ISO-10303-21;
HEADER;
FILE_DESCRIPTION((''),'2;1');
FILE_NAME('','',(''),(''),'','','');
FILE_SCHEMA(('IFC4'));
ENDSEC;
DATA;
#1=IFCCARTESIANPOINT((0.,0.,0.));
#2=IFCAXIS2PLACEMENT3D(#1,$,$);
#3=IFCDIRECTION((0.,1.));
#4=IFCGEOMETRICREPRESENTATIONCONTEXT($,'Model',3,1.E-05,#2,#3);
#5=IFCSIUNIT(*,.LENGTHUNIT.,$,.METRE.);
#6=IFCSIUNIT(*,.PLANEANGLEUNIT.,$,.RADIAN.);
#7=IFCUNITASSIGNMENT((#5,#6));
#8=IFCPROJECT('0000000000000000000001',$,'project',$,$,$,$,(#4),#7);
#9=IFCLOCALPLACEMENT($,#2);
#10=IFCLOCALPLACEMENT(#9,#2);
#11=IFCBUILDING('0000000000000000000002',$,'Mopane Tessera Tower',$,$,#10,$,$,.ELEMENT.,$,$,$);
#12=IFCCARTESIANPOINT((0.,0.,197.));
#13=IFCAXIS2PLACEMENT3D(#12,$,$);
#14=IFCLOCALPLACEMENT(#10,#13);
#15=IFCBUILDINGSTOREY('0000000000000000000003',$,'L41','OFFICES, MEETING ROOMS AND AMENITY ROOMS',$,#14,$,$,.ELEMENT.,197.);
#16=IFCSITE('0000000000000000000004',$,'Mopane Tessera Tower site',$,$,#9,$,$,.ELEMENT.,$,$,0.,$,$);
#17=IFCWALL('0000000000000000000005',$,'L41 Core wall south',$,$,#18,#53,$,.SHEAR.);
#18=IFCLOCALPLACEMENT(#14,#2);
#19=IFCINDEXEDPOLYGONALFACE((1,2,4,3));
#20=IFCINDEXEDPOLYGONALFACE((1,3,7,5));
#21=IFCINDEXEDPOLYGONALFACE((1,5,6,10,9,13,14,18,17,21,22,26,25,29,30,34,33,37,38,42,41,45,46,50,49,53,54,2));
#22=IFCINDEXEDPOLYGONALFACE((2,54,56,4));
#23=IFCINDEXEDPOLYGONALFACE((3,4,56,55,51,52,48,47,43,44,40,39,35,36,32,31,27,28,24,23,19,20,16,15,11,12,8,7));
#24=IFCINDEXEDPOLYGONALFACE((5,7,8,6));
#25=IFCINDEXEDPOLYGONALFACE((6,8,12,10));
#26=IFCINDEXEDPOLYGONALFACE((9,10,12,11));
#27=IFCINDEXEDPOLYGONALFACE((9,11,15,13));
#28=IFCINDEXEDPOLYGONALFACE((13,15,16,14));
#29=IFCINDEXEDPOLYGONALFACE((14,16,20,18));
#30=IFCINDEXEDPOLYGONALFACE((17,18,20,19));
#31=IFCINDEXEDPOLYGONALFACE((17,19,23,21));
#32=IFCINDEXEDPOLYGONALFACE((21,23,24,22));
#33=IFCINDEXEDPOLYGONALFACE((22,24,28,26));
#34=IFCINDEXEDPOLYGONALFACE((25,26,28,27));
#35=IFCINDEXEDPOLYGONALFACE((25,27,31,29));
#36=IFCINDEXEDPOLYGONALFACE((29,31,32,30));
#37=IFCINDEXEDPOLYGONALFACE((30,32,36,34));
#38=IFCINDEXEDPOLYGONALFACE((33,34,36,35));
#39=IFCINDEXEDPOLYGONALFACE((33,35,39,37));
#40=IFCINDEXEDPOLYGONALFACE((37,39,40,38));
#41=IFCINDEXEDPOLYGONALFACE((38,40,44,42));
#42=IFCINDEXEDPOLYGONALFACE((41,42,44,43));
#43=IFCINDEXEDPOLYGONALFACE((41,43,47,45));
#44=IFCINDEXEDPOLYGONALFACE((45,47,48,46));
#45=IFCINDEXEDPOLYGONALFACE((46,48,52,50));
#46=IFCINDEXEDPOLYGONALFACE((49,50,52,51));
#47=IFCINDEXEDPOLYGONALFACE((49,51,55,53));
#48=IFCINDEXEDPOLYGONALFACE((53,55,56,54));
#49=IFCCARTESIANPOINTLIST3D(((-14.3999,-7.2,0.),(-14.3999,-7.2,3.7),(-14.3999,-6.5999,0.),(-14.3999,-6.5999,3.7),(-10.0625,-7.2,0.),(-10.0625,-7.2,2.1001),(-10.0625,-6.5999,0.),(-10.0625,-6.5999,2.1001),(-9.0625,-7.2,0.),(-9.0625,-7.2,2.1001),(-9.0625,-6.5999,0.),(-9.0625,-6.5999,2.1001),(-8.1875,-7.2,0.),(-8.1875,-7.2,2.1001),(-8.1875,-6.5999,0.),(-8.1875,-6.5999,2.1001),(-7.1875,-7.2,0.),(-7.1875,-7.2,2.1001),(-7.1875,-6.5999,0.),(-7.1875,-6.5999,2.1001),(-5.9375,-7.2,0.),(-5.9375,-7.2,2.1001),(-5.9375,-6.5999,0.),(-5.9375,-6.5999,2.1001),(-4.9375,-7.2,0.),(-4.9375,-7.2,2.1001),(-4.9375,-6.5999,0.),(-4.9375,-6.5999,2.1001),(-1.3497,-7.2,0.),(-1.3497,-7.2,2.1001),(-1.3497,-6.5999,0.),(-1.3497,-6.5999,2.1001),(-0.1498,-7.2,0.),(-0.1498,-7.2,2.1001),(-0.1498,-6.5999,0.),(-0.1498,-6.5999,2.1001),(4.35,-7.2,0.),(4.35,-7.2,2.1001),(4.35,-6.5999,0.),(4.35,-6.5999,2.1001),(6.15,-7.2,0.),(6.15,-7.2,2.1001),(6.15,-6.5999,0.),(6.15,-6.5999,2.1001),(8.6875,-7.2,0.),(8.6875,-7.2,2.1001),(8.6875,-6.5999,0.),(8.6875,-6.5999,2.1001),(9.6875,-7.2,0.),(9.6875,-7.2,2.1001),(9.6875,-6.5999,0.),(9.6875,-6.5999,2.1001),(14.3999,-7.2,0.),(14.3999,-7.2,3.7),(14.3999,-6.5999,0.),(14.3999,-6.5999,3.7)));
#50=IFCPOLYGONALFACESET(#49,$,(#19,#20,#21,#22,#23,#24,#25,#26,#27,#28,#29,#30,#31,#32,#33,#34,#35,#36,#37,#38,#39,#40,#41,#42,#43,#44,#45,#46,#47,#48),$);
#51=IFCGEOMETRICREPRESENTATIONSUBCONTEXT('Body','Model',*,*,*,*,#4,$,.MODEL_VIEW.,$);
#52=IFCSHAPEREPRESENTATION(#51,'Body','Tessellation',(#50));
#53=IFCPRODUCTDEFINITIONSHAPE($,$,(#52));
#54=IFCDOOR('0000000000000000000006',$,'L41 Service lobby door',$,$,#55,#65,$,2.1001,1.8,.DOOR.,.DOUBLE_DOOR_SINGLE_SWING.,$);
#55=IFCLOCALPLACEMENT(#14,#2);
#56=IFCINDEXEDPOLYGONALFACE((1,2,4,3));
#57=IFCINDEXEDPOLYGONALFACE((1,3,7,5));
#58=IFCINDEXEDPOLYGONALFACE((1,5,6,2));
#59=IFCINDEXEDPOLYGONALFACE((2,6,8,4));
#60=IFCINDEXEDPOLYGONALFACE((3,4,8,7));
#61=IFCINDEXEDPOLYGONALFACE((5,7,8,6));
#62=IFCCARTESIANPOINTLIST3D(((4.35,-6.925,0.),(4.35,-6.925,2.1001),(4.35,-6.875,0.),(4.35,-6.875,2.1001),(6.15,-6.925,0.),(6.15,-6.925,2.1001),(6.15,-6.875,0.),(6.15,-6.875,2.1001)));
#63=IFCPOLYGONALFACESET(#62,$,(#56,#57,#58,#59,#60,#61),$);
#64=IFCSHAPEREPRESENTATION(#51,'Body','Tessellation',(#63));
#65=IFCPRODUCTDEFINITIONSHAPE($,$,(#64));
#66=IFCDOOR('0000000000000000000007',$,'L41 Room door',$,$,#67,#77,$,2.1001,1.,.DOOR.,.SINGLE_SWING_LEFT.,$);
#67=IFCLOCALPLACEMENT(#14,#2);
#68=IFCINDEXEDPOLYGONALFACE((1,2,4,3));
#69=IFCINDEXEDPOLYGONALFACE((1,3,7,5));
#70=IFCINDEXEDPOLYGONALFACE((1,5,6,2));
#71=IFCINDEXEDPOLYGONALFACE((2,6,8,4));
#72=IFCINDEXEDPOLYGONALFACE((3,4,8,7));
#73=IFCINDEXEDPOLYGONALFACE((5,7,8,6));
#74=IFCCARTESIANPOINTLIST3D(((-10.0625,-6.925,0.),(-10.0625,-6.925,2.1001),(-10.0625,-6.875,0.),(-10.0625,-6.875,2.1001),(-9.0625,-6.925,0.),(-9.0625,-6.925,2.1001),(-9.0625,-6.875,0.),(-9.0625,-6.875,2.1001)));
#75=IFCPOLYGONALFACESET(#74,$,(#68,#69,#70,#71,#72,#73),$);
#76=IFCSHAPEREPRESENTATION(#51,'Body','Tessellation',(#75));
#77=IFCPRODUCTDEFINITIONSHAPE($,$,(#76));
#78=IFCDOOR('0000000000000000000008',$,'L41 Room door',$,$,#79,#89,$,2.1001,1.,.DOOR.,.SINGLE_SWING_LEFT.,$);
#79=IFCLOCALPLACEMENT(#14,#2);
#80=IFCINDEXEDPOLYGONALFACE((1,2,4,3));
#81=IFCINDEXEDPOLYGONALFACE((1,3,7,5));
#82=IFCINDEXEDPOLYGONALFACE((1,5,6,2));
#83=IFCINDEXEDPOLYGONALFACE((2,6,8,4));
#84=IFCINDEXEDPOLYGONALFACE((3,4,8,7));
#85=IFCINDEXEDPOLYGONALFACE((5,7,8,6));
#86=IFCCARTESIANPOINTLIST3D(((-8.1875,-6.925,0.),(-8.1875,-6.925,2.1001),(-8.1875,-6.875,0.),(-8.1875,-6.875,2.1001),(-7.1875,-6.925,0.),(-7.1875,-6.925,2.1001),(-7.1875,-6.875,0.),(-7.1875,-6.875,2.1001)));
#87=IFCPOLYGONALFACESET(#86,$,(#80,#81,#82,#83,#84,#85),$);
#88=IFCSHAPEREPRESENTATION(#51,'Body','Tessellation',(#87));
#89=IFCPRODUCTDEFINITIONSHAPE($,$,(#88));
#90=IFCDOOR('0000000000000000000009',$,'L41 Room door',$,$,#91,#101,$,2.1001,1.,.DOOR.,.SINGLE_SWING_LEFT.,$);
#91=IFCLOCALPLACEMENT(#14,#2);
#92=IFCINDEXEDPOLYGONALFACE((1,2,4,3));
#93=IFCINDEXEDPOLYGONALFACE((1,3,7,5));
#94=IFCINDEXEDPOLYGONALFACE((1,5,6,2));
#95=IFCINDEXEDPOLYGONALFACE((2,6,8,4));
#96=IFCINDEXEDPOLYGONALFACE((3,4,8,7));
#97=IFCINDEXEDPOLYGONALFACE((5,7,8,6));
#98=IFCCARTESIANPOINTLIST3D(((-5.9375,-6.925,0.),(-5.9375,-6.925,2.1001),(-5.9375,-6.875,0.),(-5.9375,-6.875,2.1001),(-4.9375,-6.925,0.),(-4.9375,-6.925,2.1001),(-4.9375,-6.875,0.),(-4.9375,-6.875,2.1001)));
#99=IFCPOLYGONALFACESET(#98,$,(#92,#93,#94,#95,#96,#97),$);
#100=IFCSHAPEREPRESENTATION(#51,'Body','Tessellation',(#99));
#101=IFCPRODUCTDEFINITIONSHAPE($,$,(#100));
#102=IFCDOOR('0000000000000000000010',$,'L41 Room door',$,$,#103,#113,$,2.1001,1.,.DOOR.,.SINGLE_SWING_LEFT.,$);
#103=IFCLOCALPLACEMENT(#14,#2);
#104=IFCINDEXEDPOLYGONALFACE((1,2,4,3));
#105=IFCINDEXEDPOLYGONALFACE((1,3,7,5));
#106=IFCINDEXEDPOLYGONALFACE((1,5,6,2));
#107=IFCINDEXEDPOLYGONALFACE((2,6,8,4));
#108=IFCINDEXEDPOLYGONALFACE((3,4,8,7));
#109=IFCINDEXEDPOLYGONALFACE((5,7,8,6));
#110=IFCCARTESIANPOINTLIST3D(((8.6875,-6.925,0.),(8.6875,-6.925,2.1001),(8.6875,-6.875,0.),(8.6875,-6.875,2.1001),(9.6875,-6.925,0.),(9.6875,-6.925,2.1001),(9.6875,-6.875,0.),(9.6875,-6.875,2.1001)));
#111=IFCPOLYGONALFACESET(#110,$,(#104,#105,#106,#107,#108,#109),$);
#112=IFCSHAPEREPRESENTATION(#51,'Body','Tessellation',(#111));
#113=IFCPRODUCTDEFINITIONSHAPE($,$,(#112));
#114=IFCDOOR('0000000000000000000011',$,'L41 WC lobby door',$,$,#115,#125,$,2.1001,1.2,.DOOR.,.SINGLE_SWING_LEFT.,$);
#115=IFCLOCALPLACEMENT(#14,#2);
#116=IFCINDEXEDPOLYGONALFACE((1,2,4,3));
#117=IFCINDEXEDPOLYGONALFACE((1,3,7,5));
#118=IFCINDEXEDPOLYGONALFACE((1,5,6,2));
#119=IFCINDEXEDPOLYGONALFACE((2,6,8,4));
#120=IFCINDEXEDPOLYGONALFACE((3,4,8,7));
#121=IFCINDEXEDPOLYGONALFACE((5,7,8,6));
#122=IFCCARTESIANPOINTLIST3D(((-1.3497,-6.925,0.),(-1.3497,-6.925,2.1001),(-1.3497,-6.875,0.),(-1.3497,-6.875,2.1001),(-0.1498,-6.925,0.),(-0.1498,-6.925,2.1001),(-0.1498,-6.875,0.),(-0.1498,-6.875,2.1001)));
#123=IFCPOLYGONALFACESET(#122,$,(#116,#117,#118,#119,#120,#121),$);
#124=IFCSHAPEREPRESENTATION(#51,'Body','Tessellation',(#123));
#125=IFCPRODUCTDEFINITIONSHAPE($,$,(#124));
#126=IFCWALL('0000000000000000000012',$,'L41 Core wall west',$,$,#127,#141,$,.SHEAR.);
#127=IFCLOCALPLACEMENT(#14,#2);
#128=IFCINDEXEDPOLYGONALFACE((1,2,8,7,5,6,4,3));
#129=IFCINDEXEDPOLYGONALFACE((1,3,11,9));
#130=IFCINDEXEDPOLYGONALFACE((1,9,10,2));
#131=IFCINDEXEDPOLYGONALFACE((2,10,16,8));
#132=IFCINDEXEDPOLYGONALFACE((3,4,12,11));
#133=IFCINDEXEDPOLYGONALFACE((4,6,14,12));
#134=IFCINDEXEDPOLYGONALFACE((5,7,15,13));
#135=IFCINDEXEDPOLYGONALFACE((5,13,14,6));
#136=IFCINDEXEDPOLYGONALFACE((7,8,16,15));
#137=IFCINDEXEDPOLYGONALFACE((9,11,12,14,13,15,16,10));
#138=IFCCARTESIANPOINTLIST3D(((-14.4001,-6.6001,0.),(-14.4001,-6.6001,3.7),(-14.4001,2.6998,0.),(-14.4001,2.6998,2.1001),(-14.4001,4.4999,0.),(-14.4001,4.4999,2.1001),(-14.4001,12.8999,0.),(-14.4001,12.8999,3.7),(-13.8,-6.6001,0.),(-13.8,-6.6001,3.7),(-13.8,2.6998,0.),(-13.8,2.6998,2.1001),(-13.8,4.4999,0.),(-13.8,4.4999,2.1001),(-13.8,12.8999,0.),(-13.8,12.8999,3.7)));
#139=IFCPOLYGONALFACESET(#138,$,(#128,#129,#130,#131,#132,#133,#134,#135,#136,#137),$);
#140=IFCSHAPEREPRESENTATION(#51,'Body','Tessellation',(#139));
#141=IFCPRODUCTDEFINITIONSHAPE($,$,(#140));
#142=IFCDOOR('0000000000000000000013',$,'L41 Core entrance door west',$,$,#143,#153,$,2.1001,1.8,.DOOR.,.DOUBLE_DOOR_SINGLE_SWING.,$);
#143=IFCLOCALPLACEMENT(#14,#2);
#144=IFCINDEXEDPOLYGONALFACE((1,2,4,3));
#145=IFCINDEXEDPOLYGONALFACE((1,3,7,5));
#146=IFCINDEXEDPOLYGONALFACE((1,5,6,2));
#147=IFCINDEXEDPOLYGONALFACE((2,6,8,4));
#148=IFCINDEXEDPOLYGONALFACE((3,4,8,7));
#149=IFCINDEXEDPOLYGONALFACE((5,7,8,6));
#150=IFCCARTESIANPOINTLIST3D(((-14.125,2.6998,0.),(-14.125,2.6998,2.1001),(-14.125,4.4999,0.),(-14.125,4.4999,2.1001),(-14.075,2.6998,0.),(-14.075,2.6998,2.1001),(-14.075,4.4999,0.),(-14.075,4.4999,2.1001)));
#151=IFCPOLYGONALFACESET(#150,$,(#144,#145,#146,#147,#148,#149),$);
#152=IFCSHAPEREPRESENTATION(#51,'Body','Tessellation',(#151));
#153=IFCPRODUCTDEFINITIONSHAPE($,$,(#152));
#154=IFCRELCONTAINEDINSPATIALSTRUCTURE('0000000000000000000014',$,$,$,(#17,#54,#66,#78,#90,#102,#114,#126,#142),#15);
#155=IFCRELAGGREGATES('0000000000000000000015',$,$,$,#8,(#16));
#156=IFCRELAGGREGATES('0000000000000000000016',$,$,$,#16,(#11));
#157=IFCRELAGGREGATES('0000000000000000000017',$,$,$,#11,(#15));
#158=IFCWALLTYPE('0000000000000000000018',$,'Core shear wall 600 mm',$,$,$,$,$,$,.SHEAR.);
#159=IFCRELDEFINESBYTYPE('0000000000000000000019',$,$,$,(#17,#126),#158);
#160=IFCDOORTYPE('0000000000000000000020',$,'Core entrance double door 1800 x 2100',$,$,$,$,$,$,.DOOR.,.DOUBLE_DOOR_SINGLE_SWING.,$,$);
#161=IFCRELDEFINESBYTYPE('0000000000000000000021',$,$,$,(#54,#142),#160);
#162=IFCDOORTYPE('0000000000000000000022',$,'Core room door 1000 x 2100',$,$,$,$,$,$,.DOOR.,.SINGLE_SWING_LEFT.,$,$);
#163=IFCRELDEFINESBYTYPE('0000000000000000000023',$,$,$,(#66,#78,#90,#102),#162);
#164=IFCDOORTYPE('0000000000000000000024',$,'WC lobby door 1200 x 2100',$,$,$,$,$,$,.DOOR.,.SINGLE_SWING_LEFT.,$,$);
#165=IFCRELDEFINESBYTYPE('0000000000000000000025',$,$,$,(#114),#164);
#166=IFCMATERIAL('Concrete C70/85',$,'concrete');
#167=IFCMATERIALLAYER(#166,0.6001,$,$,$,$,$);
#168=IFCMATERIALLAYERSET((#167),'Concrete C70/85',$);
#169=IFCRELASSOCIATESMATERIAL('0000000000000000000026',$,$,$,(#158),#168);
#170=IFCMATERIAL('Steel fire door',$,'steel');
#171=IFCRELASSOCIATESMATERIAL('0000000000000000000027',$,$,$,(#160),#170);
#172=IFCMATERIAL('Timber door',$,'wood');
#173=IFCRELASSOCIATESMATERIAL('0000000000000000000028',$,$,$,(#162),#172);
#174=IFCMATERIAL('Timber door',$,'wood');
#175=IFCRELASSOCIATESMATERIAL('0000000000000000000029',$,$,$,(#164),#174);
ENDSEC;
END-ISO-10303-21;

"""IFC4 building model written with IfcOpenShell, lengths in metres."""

from ifc_helpers import new_model, si_unit, direction, frame, frame_2d, origin, place, context, subcontext, project, spatial, rectangle, extrude, material, layer, layer_set, type_object, element, fill, save


model = new_model("IFC4")

# Units and contexts
model_context = context("Model", 3, precision=1e-05, world=origin(), true_north=direction((0.0, 1.0)))
body_context = subcontext(model_context, "Body", "Model", "MODEL_VIEW")
ifc_project = project(units=[si_unit("LENGTHUNIT", "METRE"), si_unit("PLANEANGLEUNIT", "RADIAN")], contexts=[model_context])

# Site, building, storey
site_placement = place(None, origin())
site = spatial("IfcSite", under=ifc_project, at=site_placement, Name="Mopane Tessera Tower site", CompositionType="ELEMENT", RefElevation=0.0)
building_placement = place(site_placement, origin())
building = spatial("IfcBuilding", under=site, at=building_placement, Name="Mopane Tessera Tower", CompositionType="ELEMENT")
storey_placement = place(building_placement, frame((0.0, 0.0, 197.0)))
storey = spatial("IfcBuildingStorey", under=building, at=storey_placement, Name="L41", Description="OFFICES, MEETING ROOMS AND AMENITY ROOMS", CompositionType="ELEMENT", Elevation=197.0)

# Wall, openings, doors
ifc_material_1 = material(Name="Concrete C70/85", Category="concrete")
ifc_layer_1 = layer(ifc_material_1, 0.6001)
ifc_layer_set_1 = layer_set([ifc_layer_1], Name="Concrete C70/85")
wall_type_1 = type_object("IfcWallType", Name="Core shear wall 600 mm", PredefinedType="SHEAR", material=ifc_layer_set_1)
wall_1_placement = place(storey_placement, frame((-14.3999, -6.8999, 0.0), z_axis=(0.0, 0.0, 1.0), x_axis=(1.0, 0.0, 0.0)))
wall_1 = element("IfcWall", 1, at=wall_1_placement, inside=storey, type_object=wall_type_1, Name="L41 Core wall south", PredefinedType="SHEAR", context=body_context, shape_type="SweptSolid", body=[
    extrude(rectangle(XDim=28.7998, YDim=0.6001, at=frame_2d((14.3999, 0.0))), origin(), (0.0, 0.0, 1.0), 3.7),
])
opening_1_placement = place(wall_1_placement, frame((4.3374, 0.0, 0.0)))
opening_1 = element("IfcOpeningElement", 2, at=opening_1_placement, cuts=wall_1, PredefinedType="OPENING", context=body_context, shape_type="SweptSolid", body=[
    extrude(rectangle(XDim=1.0, YDim=2.1001, at=frame_2d((0.5, 1.05))), frame((0.0, 0.312, 0.0), z_axis=(0.0, -1.0, 0.0), x_axis=(1.0, 0.0, 0.0)), (0.0, 0.0, 1.0), 0.624),
])
opening_2_placement = place(wall_1_placement, frame((6.2124, 0.0, 0.0)))
opening_2 = element("IfcOpeningElement", 3, at=opening_2_placement, cuts=wall_1, PredefinedType="OPENING", context=body_context, shape_type="SweptSolid", body=[
    extrude(rectangle(XDim=1.0, YDim=2.1001, at=frame_2d((0.5, 1.05))), frame((0.0, 0.312, 0.0), z_axis=(0.0, -1.0, 0.0), x_axis=(1.0, 0.0, 0.0)), (0.0, 0.0, 1.0), 0.624),
])
opening_3_placement = place(wall_1_placement, frame((8.4624, 0.0, 0.0)))
opening_3 = element("IfcOpeningElement", 4, at=opening_3_placement, cuts=wall_1, PredefinedType="OPENING", context=body_context, shape_type="SweptSolid", body=[
    extrude(rectangle(XDim=1.0, YDim=2.1001, at=frame_2d((0.5, 1.05))), frame((0.0, 0.312, 0.0), z_axis=(0.0, -1.0, 0.0), x_axis=(1.0, 0.0, 0.0)), (0.0, 0.0, 1.0), 0.624),
])
opening_4_placement = place(wall_1_placement, frame((13.05, 0.0, 0.0)))
opening_4 = element("IfcOpeningElement", 5, at=opening_4_placement, cuts=wall_1, PredefinedType="OPENING", context=body_context, shape_type="SweptSolid", body=[
    extrude(rectangle(XDim=1.2, YDim=2.1001, at=frame_2d((0.6001, 1.05))), frame((0.0, 0.312, 0.0), z_axis=(0.0, -1.0, 0.0), x_axis=(1.0, 0.0, 0.0)), (0.0, 0.0, 1.0), 0.624),
])
opening_5_placement = place(wall_1_placement, frame((18.75, 0.0, 0.0)))
opening_5 = element("IfcOpeningElement", 6, at=opening_5_placement, cuts=wall_1, PredefinedType="OPENING", context=body_context, shape_type="SweptSolid", body=[
    extrude(rectangle(XDim=1.8, YDim=2.1001, at=frame_2d((0.8999, 1.05))), frame((0.0, 0.312, 0.0), z_axis=(0.0, -1.0, 0.0), x_axis=(1.0, 0.0, 0.0)), (0.0, 0.0, 1.0), 0.624),
])
opening_6_placement = place(wall_1_placement, frame((23.0874, 0.0, 0.0)))
opening_6 = element("IfcOpeningElement", 7, at=opening_6_placement, cuts=wall_1, PredefinedType="OPENING", context=body_context, shape_type="SweptSolid", body=[
    extrude(rectangle(XDim=1.0, YDim=2.1001, at=frame_2d((0.5, 1.05))), frame((0.0, 0.312, 0.0), z_axis=(0.0, -1.0, 0.0), x_axis=(1.0, 0.0, 0.0)), (0.0, 0.0, 1.0), 0.624),
])
ifc_material_2 = material(Name="Steel fire door", Category="steel")
door_type_1 = type_object("IfcDoorType", Name="Core entrance double door 1800 x 2100", OperationType="DOUBLE_DOOR_SINGLE_SWING", PredefinedType="DOOR", material=ifc_material_2)
door_1_placement = place(opening_5_placement, origin())
door_1 = element("IfcDoor", 8, at=door_1_placement, inside=storey, type_object=door_type_1, Name="L41 Service lobby door", OperationType="DOUBLE_DOOR_SINGLE_SWING", OverallHeight=2.1001, OverallWidth=1.8, PredefinedType="DOOR", context=body_context, shape_type="SweptSolid", body=[
    extrude(rectangle(XDim=1.8, YDim=2.1001, at=frame_2d((0.8999, 1.05))), frame((0.0, 0.0249, 0.0), z_axis=(0.0, -1.0, 0.0), x_axis=(1.0, 0.0, 0.0)), (0.0, 0.0, 1.0), 0.05),
])
fill(opening_5, door_1)
ifc_material_3 = material(Name="Timber door", Category="wood")
door_type_2 = type_object("IfcDoorType", Name="Core room door 1000 x 2100", OperationType="SINGLE_SWING_LEFT", PredefinedType="DOOR", material=ifc_material_3)
door_2_placement = place(opening_1_placement, origin())
door_2 = element("IfcDoor", 9, at=door_2_placement, inside=storey, type_object=door_type_2, Name="L41 Room door", OperationType="SINGLE_SWING_LEFT", OverallHeight=2.1001, OverallWidth=1.0, PredefinedType="DOOR", context=body_context, shape_type="SweptSolid", body=[
    extrude(rectangle(XDim=1.0, YDim=2.1001, at=frame_2d((0.5, 1.05))), frame((0.0, 0.0249, 0.0), z_axis=(0.0, -1.0, 0.0), x_axis=(1.0, 0.0, 0.0)), (0.0, 0.0, 1.0), 0.05),
])
fill(opening_1, door_2)
door_3_placement = place(opening_2_placement, origin())
door_3 = element("IfcDoor", 10, at=door_3_placement, inside=storey, type_object=door_type_2, Name="L41 Room door", OperationType="SINGLE_SWING_LEFT", OverallHeight=2.1001, OverallWidth=1.0, PredefinedType="DOOR", context=body_context, shape_type="SweptSolid", body=[
    extrude(rectangle(XDim=1.0, YDim=2.1001, at=frame_2d((0.5, 1.05))), frame((0.0, 0.0249, 0.0), z_axis=(0.0, -1.0, 0.0), x_axis=(1.0, 0.0, 0.0)), (0.0, 0.0, 1.0), 0.05),
])
fill(opening_2, door_3)
door_4_placement = place(opening_3_placement, origin())
door_4 = element("IfcDoor", 11, at=door_4_placement, inside=storey, type_object=door_type_2, Name="L41 Room door", OperationType="SINGLE_SWING_LEFT", OverallHeight=2.1001, OverallWidth=1.0, PredefinedType="DOOR", context=body_context, shape_type="SweptSolid", body=[
    extrude(rectangle(XDim=1.0, YDim=2.1001, at=frame_2d((0.5, 1.05))), frame((0.0, 0.0249, 0.0), z_axis=(0.0, -1.0, 0.0), x_axis=(1.0, 0.0, 0.0)), (0.0, 0.0, 1.0), 0.05),
])
fill(opening_3, door_4)
door_5_placement = place(opening_6_placement, origin())
door_5 = element("IfcDoor", 12, at=door_5_placement, inside=storey, type_object=door_type_2, Name="L41 Room door", OperationType="SINGLE_SWING_LEFT", OverallHeight=2.1001, OverallWidth=1.0, PredefinedType="DOOR", context=body_context, shape_type="SweptSolid", body=[
    extrude(rectangle(XDim=1.0, YDim=2.1001, at=frame_2d((0.5, 1.05))), frame((0.0, 0.0249, 0.0), z_axis=(0.0, -1.0, 0.0), x_axis=(1.0, 0.0, 0.0)), (0.0, 0.0, 1.0), 0.05),
])
fill(opening_6, door_5)
ifc_material_4 = material(Name="Timber door", Category="wood")
door_type_3 = type_object("IfcDoorType", Name="WC lobby door 1200 x 2100", OperationType="SINGLE_SWING_LEFT", PredefinedType="DOOR", material=ifc_material_4)
door_6_placement = place(opening_4_placement, origin())
door_6 = element("IfcDoor", 13, at=door_6_placement, inside=storey, type_object=door_type_3, Name="L41 WC lobby door", OperationType="SINGLE_SWING_LEFT", OverallHeight=2.1001, OverallWidth=1.2, PredefinedType="DOOR", context=body_context, shape_type="SweptSolid", body=[
    extrude(rectangle(XDim=1.2, YDim=2.1001, at=frame_2d((0.6001, 1.05))), frame((0.0, 0.0249, 0.0), z_axis=(0.0, -1.0, 0.0), x_axis=(1.0, 0.0, 0.0)), (0.0, 0.0, 1.0), 0.05),
])
fill(opening_4, door_6)

# Wall, opening, door
wall_2_placement = place(storey_placement, frame((-14.1001, -6.6001, 0.0), z_axis=(0.0, 0.0, 1.0), x_axis=(0.0, 1.0, 0.0)))
wall_2 = element("IfcWall", 14, at=wall_2_placement, inside=storey, type_object=wall_type_1, Name="L41 Core wall west", PredefinedType="SHEAR", context=body_context, shape_type="SweptSolid", body=[
    extrude(rectangle(XDim=19.5, YDim=0.6001, at=frame_2d((9.75, 0.0))), origin(), (0.0, 0.0, 1.0), 3.7),
])
opening_7_placement = place(wall_2_placement, frame((9.3, 0.0, 0.0)))
opening_7 = element("IfcOpeningElement", 15, at=opening_7_placement, cuts=wall_2, PredefinedType="OPENING", context=body_context, shape_type="SweptSolid", body=[
    extrude(rectangle(XDim=1.8, YDim=2.1001, at=frame_2d((0.8999, 1.05))), frame((0.0, 0.312, 0.0), z_axis=(0.0, -1.0, 0.0), x_axis=(1.0, 0.0, 0.0)), (0.0, 0.0, 1.0), 0.624),
])
door_7_placement = place(opening_7_placement, origin())
door_7 = element("IfcDoor", 16, at=door_7_placement, inside=storey, type_object=door_type_1, Name="L41 Core entrance door west", OperationType="DOUBLE_DOOR_SINGLE_SWING", OverallHeight=2.1001, OverallWidth=1.8, PredefinedType="DOOR", context=body_context, shape_type="SweptSolid", body=[
    extrude(rectangle(XDim=1.8, YDim=2.1001, at=frame_2d((0.8999, 1.05))), frame((0.0, 0.0249, 0.0), z_axis=(0.0, -1.0, 0.0), x_axis=(1.0, 0.0, 0.0)), (0.0, 0.0, 1.0), 0.05),
])
fill(opening_7, door_7)

save(model, "model.ifc")
